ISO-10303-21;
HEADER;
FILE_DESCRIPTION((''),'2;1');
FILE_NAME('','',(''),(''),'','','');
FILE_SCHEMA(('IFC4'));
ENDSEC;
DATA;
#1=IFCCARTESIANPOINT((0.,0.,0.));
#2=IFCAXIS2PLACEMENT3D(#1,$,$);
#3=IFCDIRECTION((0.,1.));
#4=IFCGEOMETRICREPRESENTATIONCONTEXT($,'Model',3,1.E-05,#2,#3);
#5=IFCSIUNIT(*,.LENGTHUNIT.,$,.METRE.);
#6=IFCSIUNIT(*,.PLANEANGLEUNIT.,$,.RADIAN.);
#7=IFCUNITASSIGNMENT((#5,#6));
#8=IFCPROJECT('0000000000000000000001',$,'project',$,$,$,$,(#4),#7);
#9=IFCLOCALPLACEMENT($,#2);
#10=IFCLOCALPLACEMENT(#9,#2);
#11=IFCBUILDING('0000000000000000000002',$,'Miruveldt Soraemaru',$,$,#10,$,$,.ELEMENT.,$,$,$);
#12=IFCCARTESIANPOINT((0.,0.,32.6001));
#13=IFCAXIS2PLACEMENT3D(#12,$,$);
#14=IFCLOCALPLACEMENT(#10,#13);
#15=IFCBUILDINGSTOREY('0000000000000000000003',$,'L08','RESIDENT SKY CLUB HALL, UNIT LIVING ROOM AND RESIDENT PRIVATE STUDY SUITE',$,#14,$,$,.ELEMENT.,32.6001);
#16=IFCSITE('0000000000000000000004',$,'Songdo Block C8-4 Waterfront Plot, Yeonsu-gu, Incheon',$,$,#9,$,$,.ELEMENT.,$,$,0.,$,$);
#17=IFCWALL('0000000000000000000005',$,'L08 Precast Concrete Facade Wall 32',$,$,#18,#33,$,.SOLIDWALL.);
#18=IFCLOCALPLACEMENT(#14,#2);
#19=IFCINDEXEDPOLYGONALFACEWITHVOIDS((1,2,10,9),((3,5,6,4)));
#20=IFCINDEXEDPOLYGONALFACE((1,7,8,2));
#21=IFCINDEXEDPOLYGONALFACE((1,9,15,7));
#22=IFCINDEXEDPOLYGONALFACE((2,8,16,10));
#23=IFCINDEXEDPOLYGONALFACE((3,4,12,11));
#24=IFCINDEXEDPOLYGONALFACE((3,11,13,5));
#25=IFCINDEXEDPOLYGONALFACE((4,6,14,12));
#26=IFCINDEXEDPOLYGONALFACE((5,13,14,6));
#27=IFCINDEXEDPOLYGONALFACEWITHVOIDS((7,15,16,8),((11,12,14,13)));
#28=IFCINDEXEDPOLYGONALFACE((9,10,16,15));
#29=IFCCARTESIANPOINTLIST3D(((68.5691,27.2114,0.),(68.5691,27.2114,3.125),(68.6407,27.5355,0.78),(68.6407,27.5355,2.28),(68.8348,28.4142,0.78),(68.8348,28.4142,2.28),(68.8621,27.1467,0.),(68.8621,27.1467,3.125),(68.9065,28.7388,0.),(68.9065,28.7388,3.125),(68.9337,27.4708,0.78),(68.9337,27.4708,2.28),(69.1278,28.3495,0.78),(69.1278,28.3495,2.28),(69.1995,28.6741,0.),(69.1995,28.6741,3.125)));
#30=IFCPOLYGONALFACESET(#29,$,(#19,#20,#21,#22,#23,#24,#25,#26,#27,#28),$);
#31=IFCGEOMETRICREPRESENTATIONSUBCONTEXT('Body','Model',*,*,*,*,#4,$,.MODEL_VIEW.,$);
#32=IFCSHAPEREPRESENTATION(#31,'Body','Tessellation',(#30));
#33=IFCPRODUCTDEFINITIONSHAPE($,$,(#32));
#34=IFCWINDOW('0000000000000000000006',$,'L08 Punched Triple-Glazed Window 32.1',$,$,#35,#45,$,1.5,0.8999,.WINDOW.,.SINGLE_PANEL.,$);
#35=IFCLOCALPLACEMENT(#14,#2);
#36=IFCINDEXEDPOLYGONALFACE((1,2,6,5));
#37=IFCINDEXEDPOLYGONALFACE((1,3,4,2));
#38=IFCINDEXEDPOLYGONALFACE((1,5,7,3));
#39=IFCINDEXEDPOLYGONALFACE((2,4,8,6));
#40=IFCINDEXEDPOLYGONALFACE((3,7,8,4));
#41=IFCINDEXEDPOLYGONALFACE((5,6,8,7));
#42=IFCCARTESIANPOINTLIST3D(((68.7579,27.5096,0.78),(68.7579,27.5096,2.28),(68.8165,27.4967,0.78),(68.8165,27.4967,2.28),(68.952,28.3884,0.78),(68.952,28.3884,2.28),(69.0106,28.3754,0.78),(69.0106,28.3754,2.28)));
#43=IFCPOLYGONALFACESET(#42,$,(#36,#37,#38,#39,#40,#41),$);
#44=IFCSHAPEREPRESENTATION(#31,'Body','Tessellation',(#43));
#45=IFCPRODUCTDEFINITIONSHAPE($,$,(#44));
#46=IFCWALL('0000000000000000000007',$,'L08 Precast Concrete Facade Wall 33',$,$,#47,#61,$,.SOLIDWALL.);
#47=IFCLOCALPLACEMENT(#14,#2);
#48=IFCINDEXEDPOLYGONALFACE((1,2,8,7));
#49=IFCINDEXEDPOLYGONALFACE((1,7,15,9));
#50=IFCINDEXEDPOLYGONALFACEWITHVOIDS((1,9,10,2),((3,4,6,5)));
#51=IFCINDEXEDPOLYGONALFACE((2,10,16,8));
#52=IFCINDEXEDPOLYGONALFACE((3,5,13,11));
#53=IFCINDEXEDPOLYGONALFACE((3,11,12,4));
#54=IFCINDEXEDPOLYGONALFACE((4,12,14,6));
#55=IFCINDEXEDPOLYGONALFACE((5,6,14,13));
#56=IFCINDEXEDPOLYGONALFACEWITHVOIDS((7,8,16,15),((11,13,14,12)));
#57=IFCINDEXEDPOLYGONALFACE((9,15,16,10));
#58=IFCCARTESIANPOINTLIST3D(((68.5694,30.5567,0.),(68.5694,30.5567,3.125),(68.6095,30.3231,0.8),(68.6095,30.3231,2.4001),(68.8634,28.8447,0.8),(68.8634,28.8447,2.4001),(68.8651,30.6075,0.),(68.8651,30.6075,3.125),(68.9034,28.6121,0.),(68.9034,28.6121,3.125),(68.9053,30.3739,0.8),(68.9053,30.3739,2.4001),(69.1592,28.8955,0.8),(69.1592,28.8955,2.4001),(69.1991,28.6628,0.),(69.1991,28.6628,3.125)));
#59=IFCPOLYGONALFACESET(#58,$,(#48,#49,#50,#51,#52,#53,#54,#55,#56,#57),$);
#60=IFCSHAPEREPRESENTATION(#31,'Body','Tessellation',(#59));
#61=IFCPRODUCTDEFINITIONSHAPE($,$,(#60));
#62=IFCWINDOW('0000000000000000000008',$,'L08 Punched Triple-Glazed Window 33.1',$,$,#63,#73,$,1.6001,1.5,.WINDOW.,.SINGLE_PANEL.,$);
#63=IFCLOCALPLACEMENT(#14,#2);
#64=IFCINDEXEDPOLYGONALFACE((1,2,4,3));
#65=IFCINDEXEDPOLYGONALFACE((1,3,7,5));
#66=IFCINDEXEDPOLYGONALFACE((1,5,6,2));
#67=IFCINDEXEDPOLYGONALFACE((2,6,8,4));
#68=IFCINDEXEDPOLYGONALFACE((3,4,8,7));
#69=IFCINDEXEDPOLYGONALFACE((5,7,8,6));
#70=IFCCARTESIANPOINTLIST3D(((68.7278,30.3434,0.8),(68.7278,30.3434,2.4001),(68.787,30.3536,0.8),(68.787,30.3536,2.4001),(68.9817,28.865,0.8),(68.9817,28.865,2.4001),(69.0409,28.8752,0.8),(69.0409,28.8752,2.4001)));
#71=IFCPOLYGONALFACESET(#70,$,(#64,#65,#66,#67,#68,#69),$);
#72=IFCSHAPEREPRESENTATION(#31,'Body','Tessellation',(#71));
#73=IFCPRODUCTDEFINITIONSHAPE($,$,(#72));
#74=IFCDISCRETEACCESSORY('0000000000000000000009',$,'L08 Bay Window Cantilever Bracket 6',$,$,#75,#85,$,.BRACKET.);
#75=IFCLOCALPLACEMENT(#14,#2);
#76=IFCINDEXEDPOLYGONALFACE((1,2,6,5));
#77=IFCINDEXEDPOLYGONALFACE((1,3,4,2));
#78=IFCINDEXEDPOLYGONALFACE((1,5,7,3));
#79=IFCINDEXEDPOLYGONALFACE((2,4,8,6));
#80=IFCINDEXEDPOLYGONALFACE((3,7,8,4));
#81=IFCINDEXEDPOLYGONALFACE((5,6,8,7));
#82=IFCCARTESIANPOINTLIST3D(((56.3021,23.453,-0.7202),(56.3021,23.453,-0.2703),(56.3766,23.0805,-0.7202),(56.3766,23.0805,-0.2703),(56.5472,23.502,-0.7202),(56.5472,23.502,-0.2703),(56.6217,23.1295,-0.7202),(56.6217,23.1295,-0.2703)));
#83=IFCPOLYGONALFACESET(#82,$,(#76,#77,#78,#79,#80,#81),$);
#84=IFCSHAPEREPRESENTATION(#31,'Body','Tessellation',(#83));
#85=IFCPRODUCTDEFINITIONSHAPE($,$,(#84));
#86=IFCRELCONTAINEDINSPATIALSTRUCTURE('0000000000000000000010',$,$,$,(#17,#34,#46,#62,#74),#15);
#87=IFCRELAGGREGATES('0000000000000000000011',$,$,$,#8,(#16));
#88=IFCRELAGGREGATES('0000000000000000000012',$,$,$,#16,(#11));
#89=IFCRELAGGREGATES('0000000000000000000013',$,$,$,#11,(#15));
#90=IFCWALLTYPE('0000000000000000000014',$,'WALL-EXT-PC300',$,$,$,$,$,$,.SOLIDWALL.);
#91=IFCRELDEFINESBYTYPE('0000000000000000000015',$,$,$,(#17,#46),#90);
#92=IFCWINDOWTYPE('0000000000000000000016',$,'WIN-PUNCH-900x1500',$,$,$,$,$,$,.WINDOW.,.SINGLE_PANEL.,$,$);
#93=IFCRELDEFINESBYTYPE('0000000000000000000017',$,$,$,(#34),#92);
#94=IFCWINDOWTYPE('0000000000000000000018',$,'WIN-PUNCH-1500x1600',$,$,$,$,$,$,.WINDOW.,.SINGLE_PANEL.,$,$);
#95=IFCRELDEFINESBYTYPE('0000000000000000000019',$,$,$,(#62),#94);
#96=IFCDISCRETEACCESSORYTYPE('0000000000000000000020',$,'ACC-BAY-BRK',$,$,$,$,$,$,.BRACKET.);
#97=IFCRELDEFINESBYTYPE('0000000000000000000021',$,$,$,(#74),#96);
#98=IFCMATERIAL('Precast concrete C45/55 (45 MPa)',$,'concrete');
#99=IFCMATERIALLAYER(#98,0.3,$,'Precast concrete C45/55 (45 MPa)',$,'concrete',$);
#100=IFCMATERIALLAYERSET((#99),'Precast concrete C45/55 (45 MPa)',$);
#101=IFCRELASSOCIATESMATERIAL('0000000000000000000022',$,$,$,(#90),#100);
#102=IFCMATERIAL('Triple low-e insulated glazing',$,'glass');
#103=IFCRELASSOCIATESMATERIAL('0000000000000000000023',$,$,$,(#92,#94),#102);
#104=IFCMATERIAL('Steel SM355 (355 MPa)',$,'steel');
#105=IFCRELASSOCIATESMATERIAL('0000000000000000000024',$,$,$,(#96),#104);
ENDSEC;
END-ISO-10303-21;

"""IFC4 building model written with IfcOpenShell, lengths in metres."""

from ifc_helpers import new_model, si_unit, direction, frame, frame_2d, origin, origin_2d, place, context, subcontext, project, spatial, rectangle, extrude, material, layer, layer_set, type_object, element, fill, save


model = new_model("IFC4")

# Units and contexts
model_context = context("Model", 3, precision=1e-05, world=origin(), true_north=direction((0.0, 1.0)))
body_context = subcontext(model_context, "Body", "Model", "MODEL_VIEW")
ifc_project = project(units=[si_unit("LENGTHUNIT", "METRE"), si_unit("PLANEANGLEUNIT", "RADIAN")], contexts=[model_context])

# Site, building, storey
site_placement = place(None, origin())
site = spatial("IfcSite", under=ifc_project, at=site_placement, Name="Songdo Block C8-4 Waterfront Plot, Yeonsu-gu, Incheon", CompositionType="ELEMENT", RefElevation=0.0)
building_placement = place(site_placement, origin())
building = spatial("IfcBuilding", under=site, at=building_placement, Name="Miruveldt Soraemaru", CompositionType="ELEMENT")
storey_placement = place(building_placement, frame((0.0, 0.0, 32.6001)))
storey = spatial("IfcBuildingStorey", under=building, at=storey_placement, Name="L08", Description="RESIDENT SKY CLUB HALL, UNIT LIVING ROOM AND RESIDENT PRIVATE STUDY SUITE", CompositionType="ELEMENT", Elevation=32.6001)

# Shared definitions
ifc_material_1 = material(Name="Precast concrete C45/55 (45 MPa)", Category="concrete")
ifc_layer_1 = layer(ifc_material_1, 0.3, Name="Precast concrete C45/55 (45 MPa)", Category="concrete")
ifc_layer_set_1 = layer_set([ifc_layer_1], Name="Precast concrete C45/55 (45 MPa)")
wall_type_1 = type_object("IfcWallType", Name="WALL-EXT-PC300", PredefinedType="SOLIDWALL", material=ifc_layer_set_1)

# Walls, openings, windows
ifc_material_2 = material(Name="Triple low-e insulated glazing", Category="glass")
window_type_1 = type_object("IfcWindowType", Name="WIN-PUNCH-900x1500", PartitioningType="SINGLE_PANEL", PredefinedType="WINDOW", material=ifc_material_2)
wall_1_placement = place(storey_placement, frame((68.7156, 27.179, 0.0), z_axis=(0.0, 0.0, 1.0), x_axis=(0.215707, 0.976458, 0.0)))
wall_1 = element("IfcWall", 1, at=wall_1_placement, inside=storey, type_object=wall_type_1, Name="L08 Precast Concrete Facade Wall 32", PredefinedType="SOLIDWALL", context=body_context, shape_type="SweptSolid", body=[
    extrude(rectangle(XDim=1.5642, YDim=0.3, at=frame_2d((0.7822, 0.0))), origin(), (0.0, 0.0, 1.0), 3.125),
])
opening_1_placement = place(wall_1_placement, frame((0.332, 0.0, 0.78)))
opening_1 = element("IfcOpeningElement", 2, at=opening_1_placement, cuts=wall_1, PredefinedType="OPENING", context=body_context, shape_type="SweptSolid", body=[
    extrude(rectangle(XDim=0.8999, YDim=1.5, at=frame_2d((0.45, 0.75))), frame((0.0, 0.1602, 0.0), z_axis=(0.0, -1.0, 0.0), x_axis=(1.0, 0.0, 0.0)), (0.0, 0.0, 1.0), 0.3201),
])
window_1_placement = place(opening_1_placement, origin())
window_1 = element("IfcWindow", 3, at=window_1_placement, inside=storey, type_object=window_type_1, Name="L08 Punched Triple-Glazed Window 32.1", OverallHeight=1.5, OverallWidth=0.8999, PartitioningType="SINGLE_PANEL", PredefinedType="WINDOW", context=body_context, shape_type="SweptSolid", body=[
    extrude(rectangle(XDim=0.8999, YDim=1.5, at=frame_2d((0.45, 0.75))), frame((0.0, 0.03, 0.0), z_axis=(0.0, -1.0, 0.0), x_axis=(1.0, 0.0, 0.0)), (0.0, 0.0, 1.0), 0.0601),
])
fill(opening_1, window_1)
wall_2_placement = place(storey_placement, frame((69.0513, 28.6375, 0.0), z_axis=(0.0, 0.0, 1.0), x_axis=(-0.169273, 0.985569, 0.0)))
wall_2 = element("IfcWall", 4, at=wall_2_placement, inside=storey, type_object=wall_type_1, Name="L08 Precast Concrete Facade Wall 33", PredefinedType="SOLIDWALL", context=body_context, shape_type="SweptSolid", body=[
    extrude(rectangle(XDim=1.9731, YDim=0.3, at=frame_2d((0.9866, 0.0))), origin(), (0.0, 0.0, 1.0), 3.125),
])
opening_2_placement = place(wall_2_placement, frame((0.2361, 0.0, 0.8)))
opening_2 = element("IfcOpeningElement", 5, at=opening_2_placement, cuts=wall_2, PredefinedType="OPENING", context=body_context, shape_type="SweptSolid", body=[
    extrude(rectangle(XDim=1.5, YDim=1.6001, at=frame_2d((0.75, 0.8))), frame((0.0, 0.1602, 0.0), z_axis=(0.0, -1.0, 0.0), x_axis=(1.0, 0.0, 0.0)), (0.0, 0.0, 1.0), 0.3201),
])
window_type_2 = type_object("IfcWindowType", Name="WIN-PUNCH-1500x1600", PartitioningType="SINGLE_PANEL", PredefinedType="WINDOW", material=ifc_material_2)
window_2_placement = place(opening_2_placement, origin())
window_2 = element("IfcWindow", 6, at=window_2_placement, inside=storey, type_object=window_type_2, Name="L08 Punched Triple-Glazed Window 33.1", OverallHeight=1.6001, OverallWidth=1.5, PartitioningType="SINGLE_PANEL", PredefinedType="WINDOW", context=body_context, shape_type="SweptSolid", body=[
    extrude(rectangle(XDim=1.5, YDim=1.6001, at=frame_2d((0.75, 0.8))), frame((0.0, 0.03, 0.0), z_axis=(0.0, -1.0, 0.0), x_axis=(1.0, 0.0, 0.0)), (0.0, 0.0, 1.0), 0.0601),
])
fill(opening_2, window_2)

# Discrete accessory
ifc_material_3 = material(Name="Steel SM355 (355 MPa)", Category="steel")
discrete_accessory_type = type_object("IfcDiscreteAccessoryType", Name="ACC-BAY-BRK", PredefinedType="BRACKET", material=ifc_material_3)
discrete_accessory_placement = place(storey_placement, frame((56.4619, 23.2913, -0.7202), z_axis=(0.0, 0.0, 1.0), x_axis=(0.1961, -0.980584, 0.0)))
element("IfcDiscreteAccessory", 7, at=discrete_accessory_placement, inside=storey, type_object=discrete_accessory_type, Name="L08 Bay Window Cantilever Bracket 6", PredefinedType="BRACKET", context=body_context, shape_type="SweptSolid", body=[
    extrude(rectangle(XDim=0.3799, YDim=0.25, at=origin_2d()), origin(), (0.0, 0.0, 1.0), 0.45),
])

save(model, "model.ifc")
